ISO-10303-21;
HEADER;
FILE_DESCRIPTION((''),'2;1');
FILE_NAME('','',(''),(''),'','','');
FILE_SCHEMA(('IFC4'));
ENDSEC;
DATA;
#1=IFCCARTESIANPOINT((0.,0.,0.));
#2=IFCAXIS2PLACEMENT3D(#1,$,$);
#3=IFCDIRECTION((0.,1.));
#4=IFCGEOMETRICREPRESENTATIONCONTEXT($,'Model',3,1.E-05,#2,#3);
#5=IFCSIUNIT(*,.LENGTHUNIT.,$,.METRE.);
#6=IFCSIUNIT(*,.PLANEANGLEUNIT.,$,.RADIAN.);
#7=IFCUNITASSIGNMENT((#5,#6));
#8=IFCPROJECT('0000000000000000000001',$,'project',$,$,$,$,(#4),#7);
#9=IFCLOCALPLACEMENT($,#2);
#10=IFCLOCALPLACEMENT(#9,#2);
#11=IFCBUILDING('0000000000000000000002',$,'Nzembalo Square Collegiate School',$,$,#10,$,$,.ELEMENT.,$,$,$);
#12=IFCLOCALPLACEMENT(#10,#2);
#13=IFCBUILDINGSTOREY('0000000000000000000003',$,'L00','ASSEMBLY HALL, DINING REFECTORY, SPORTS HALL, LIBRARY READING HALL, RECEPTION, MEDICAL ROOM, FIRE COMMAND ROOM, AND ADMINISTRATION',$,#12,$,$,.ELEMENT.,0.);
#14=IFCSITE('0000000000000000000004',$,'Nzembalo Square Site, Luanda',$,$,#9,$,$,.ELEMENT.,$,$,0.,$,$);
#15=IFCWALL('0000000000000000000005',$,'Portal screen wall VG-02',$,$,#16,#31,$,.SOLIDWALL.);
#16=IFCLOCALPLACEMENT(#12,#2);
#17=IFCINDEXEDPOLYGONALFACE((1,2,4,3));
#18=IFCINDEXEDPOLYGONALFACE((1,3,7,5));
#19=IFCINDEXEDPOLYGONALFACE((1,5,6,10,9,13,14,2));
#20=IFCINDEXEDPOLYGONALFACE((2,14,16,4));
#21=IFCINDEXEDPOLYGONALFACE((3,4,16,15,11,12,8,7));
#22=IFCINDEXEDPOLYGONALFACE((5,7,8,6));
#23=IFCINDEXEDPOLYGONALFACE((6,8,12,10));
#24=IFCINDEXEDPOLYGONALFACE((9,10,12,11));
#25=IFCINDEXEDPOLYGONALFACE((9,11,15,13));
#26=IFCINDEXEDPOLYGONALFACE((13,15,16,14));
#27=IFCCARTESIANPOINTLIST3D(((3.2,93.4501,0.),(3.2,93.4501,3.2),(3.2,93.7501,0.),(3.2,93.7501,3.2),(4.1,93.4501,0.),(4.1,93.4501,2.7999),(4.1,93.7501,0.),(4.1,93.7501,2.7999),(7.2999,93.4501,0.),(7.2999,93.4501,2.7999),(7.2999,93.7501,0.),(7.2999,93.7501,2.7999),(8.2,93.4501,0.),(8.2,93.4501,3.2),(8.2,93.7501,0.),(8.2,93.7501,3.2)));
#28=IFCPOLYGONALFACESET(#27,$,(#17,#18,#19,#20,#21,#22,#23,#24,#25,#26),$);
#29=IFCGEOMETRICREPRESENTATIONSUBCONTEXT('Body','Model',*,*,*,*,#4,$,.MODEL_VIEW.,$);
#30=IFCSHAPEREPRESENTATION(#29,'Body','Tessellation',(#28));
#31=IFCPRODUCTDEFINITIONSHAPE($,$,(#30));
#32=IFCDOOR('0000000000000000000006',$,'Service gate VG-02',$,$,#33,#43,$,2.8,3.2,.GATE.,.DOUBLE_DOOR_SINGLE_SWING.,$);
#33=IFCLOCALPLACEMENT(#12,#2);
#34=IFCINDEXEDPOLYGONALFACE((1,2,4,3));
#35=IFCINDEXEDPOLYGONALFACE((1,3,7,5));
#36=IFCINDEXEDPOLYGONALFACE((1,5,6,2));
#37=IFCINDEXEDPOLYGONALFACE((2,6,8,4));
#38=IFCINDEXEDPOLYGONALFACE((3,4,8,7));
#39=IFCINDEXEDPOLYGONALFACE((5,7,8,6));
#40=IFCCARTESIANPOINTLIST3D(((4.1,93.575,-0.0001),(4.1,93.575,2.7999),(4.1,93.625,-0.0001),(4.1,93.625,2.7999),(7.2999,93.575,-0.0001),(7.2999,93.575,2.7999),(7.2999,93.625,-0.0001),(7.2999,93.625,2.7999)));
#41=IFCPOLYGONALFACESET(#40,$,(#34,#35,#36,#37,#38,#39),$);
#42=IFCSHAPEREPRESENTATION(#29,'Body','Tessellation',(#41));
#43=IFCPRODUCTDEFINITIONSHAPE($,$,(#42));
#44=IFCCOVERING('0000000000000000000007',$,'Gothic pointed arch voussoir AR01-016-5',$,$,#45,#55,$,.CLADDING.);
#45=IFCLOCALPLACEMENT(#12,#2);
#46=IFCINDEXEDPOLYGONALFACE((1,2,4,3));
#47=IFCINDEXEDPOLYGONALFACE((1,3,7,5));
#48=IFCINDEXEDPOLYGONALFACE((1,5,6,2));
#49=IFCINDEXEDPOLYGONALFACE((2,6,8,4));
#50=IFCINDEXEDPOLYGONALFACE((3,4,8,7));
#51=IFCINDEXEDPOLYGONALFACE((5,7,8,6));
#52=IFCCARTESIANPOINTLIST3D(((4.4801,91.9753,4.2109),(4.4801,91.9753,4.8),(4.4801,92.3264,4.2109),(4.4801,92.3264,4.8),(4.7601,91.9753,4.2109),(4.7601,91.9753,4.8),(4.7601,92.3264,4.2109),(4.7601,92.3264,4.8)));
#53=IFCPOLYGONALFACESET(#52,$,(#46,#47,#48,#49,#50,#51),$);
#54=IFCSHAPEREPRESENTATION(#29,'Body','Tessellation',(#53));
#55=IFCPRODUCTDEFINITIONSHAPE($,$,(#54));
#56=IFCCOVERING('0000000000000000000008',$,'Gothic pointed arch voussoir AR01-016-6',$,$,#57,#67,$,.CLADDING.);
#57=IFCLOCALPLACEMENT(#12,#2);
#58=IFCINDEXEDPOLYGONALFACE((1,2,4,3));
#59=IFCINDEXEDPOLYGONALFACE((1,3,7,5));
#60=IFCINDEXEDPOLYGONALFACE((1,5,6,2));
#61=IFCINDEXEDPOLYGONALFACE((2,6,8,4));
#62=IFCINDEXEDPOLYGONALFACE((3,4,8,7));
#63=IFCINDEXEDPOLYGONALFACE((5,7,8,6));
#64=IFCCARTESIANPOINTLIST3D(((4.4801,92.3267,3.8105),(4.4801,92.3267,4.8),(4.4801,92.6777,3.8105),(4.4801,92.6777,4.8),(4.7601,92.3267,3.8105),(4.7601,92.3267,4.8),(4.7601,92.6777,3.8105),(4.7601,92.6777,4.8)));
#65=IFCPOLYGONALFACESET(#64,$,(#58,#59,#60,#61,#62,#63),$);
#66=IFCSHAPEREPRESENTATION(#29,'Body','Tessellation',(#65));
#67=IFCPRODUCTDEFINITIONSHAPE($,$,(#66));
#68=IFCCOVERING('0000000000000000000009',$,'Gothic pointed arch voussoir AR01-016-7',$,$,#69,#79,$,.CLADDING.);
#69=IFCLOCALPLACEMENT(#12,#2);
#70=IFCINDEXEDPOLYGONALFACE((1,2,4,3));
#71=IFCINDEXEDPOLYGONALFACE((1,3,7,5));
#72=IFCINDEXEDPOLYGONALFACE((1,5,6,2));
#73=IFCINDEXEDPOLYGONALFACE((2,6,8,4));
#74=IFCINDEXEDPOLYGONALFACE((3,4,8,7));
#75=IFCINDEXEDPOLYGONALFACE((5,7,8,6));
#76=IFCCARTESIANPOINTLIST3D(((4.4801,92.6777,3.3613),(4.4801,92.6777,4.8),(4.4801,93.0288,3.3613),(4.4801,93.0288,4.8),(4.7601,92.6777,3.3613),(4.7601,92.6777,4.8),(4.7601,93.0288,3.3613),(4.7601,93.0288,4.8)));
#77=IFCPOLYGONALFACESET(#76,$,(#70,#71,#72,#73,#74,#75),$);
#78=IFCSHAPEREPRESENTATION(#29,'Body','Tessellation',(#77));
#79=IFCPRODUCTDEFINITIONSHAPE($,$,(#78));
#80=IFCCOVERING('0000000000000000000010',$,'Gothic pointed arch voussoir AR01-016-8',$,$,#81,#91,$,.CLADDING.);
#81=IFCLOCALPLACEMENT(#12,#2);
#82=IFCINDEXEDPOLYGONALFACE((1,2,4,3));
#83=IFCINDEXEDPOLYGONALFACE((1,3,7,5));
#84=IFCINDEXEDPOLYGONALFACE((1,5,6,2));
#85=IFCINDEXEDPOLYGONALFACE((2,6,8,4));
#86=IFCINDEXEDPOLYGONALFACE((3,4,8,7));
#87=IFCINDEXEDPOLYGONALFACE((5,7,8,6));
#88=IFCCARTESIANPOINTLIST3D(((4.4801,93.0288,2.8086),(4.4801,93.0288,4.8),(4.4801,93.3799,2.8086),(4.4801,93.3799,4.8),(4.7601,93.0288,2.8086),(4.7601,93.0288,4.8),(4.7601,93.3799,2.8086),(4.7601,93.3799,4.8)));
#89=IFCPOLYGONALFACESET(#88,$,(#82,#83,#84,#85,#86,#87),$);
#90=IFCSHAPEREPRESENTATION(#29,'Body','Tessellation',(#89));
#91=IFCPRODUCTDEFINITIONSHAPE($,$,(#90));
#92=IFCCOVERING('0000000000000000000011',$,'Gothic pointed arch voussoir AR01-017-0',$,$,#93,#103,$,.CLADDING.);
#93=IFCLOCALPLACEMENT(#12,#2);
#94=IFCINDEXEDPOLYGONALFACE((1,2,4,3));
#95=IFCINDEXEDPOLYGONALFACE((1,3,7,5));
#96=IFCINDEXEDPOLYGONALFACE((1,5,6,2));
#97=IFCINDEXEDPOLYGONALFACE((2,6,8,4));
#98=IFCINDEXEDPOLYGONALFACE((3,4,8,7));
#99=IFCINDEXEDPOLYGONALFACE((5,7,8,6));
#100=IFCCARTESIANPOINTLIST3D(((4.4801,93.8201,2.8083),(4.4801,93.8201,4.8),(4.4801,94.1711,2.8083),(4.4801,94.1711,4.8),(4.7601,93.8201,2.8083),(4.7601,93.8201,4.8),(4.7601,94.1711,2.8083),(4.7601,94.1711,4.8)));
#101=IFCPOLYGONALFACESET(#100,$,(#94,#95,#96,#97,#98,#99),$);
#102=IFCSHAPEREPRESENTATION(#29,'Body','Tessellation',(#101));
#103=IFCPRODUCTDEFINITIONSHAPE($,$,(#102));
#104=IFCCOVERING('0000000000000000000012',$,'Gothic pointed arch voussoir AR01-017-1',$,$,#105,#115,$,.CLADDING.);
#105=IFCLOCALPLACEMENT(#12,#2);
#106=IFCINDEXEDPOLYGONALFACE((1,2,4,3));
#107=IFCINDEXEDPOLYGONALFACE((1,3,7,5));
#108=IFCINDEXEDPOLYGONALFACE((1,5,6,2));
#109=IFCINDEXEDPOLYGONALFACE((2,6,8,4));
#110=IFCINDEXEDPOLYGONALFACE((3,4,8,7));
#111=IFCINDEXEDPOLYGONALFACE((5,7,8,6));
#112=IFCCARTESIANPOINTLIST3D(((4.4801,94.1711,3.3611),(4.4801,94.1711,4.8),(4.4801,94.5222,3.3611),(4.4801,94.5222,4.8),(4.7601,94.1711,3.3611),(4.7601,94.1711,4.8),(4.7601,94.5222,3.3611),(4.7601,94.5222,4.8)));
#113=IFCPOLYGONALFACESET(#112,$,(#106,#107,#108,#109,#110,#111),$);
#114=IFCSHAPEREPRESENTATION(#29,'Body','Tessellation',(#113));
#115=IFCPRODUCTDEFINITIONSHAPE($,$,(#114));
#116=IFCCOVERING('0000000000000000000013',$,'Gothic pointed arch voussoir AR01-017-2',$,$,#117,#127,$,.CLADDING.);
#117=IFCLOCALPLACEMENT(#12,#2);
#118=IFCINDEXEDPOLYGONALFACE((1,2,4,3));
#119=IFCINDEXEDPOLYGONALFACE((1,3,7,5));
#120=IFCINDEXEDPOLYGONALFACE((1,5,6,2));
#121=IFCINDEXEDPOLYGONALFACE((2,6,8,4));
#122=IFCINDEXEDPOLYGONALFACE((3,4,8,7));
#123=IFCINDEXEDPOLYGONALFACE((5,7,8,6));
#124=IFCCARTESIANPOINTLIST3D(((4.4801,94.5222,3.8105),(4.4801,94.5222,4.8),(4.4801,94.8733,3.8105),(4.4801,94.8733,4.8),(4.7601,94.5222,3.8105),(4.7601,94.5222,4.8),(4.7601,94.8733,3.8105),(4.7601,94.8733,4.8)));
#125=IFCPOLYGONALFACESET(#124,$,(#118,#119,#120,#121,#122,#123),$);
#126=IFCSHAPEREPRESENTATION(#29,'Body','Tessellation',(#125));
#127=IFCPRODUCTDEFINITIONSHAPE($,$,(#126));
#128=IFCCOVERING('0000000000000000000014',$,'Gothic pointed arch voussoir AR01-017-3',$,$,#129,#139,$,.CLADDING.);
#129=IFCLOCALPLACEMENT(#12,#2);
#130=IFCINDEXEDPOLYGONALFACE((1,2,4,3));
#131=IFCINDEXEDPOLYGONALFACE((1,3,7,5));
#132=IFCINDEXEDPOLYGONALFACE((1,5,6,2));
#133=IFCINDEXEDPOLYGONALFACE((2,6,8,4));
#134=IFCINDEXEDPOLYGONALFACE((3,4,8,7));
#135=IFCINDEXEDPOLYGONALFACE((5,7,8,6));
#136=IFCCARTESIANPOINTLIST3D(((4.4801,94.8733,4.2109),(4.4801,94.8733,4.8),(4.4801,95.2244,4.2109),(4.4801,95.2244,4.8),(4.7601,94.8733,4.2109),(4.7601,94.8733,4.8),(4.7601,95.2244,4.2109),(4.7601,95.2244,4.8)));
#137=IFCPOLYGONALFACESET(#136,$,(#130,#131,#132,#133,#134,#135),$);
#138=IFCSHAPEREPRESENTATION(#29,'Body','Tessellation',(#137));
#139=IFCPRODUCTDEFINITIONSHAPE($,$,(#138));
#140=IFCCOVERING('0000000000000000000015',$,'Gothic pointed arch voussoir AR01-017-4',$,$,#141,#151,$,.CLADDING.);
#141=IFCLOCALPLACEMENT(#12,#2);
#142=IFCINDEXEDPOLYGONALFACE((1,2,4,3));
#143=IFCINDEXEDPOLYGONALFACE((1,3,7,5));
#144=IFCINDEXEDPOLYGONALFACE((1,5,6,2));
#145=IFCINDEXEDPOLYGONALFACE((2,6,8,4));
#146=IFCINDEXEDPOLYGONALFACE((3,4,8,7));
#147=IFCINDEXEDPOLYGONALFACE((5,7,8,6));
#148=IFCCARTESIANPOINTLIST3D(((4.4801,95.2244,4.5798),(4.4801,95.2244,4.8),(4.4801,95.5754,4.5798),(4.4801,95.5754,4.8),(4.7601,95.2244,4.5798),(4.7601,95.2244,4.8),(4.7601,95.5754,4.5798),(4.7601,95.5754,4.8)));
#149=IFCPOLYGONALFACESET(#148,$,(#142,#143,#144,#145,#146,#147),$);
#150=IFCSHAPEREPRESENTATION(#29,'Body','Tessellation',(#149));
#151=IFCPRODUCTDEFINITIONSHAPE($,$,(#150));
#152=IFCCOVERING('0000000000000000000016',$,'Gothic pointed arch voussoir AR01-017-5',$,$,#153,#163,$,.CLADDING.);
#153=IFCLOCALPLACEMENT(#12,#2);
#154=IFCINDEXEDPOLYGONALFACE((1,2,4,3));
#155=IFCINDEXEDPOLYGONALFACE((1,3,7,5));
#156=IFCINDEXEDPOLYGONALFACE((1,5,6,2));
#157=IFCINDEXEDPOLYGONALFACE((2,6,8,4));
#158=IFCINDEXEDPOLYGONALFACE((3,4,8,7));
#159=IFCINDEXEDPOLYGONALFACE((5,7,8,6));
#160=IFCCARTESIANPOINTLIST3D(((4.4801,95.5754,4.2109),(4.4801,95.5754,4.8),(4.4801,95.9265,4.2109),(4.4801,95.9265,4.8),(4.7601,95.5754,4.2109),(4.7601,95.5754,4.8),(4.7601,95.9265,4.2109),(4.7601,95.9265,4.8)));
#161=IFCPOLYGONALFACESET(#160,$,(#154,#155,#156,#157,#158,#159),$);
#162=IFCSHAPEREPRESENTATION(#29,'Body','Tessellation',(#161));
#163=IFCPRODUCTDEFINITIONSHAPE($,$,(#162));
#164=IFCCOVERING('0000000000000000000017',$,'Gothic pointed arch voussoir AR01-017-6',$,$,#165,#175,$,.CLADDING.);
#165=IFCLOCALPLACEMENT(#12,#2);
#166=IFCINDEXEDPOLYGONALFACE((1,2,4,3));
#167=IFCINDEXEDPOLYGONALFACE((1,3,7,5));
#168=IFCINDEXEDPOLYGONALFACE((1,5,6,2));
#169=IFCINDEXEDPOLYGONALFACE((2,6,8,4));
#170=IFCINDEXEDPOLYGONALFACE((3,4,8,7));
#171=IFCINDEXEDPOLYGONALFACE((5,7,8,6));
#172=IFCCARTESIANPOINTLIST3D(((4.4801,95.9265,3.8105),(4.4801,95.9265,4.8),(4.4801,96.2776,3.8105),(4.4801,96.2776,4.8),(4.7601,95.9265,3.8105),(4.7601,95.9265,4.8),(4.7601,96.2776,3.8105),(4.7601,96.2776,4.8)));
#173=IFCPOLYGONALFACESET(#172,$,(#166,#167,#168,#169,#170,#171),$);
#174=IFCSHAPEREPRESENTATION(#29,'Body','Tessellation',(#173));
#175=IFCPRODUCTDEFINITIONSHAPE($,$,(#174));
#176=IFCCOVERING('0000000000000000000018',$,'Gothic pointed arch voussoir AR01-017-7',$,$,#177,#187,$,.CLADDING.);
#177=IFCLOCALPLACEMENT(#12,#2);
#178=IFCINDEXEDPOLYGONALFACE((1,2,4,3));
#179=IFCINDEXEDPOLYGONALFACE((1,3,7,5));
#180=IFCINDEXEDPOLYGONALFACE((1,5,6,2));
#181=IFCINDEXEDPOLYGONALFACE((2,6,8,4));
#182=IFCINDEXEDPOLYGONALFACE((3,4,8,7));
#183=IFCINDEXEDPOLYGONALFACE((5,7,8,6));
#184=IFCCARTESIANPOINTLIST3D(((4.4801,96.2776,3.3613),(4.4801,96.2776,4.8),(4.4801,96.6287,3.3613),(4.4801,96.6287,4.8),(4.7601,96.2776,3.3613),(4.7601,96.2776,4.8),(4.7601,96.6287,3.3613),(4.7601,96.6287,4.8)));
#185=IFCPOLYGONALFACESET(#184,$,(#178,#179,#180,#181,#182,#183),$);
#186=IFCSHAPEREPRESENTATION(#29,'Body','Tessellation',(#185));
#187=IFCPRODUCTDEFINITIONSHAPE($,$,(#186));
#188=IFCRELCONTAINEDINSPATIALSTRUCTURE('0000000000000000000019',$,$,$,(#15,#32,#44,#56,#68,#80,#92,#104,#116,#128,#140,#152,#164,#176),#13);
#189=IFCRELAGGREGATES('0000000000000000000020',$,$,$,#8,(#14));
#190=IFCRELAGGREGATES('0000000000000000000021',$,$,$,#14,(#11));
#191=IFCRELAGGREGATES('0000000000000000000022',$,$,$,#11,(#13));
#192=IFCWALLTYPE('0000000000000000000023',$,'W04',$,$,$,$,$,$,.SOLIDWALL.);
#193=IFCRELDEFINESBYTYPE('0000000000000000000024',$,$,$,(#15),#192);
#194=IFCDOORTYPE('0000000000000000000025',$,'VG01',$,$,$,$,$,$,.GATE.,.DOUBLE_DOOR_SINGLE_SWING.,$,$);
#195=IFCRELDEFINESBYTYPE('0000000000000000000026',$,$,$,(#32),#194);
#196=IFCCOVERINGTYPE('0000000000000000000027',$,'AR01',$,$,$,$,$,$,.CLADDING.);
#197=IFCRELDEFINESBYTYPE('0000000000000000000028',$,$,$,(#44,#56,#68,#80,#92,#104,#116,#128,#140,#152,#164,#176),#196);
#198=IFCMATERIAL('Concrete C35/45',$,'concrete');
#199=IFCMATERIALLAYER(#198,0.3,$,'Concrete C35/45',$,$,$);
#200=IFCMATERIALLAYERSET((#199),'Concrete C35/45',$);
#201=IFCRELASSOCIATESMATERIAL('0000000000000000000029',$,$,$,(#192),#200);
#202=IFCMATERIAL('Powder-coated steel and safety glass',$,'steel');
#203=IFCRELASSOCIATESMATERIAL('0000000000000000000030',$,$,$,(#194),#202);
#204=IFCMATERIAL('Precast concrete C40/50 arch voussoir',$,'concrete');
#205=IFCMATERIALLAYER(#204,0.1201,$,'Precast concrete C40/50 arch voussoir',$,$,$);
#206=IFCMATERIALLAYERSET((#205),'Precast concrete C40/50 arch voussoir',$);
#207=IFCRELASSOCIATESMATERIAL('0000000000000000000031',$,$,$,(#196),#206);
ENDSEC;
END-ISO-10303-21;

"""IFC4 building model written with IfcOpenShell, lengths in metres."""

from ifc_helpers import new_model, si_unit, direction, frame, frame_2d, origin, origin_2d, place, context, subcontext, project, spatial, rectangle, extrude, material, layer, layer_set, type_object, element, fill, save


model = new_model("IFC4")

# Units and contexts
model_context = context("Model", 3, precision=1e-05, world=origin(), true_north=direction((0.0, 1.0)))
body_context = subcontext(model_context, "Body", "Model", "MODEL_VIEW")
ifc_project = project(units=[si_unit("LENGTHUNIT", "METRE"), si_unit("PLANEANGLEUNIT", "RADIAN")], contexts=[model_context])

# Site, building, storey
site_placement = place(None, origin())
site = spatial("IfcSite", under=ifc_project, at=site_placement, Name="Nzembalo Square Site, Luanda", CompositionType="ELEMENT", RefElevation=0.0)
building_placement = place(site_placement, origin())
building = spatial("IfcBuilding", under=site, at=building_placement, Name="Nzembalo Square Collegiate School", CompositionType="ELEMENT")
storey_placement = place(building_placement, origin())
storey = spatial("IfcBuildingStorey", under=building, at=storey_placement, Name="L00", Description="ASSEMBLY HALL, DINING REFECTORY, SPORTS HALL, LIBRARY READING HALL, RECEPTION, MEDICAL ROOM, FIRE COMMAND ROOM, AND ADMINISTRATION", CompositionType="ELEMENT", Elevation=0.0)

# Wall, opening, door
ifc_material_1 = material(Name="Concrete C35/45", Category="concrete")
ifc_layer_1 = layer(ifc_material_1, 0.3, Name="Concrete C35/45")
ifc_layer_set_1 = layer_set([ifc_layer_1], Name="Concrete C35/45")
wall_type = type_object("IfcWallType", Name="W04", PredefinedType="SOLIDWALL", material=ifc_layer_set_1)
wall_placement = place(storey_placement, frame((3.2, 93.6001, 0.0), z_axis=(0.0, 0.0, 1.0), x_axis=(1.0, 0.0, 0.0)))
wall = element("IfcWall", 1, at=wall_placement, inside=storey, type_object=wall_type, Name="Portal screen wall VG-02", PredefinedType="SOLIDWALL", context=body_context, shape_type="SweptSolid", body=[
    extrude(rectangle(XDim=5.0, YDim=0.3, at=frame_2d((2.5, 0.0))), origin(), (0.0, 0.0, 1.0), 3.2),
])
opening_placement = place(wall_placement, frame((0.8999, 0.0, 0.0)))
opening = element("IfcOpeningElement", 2, at=opening_placement, cuts=wall, PredefinedType="OPENING", context=body_context, shape_type="SweptSolid", body=[
    extrude(rectangle(XDim=3.2, YDim=2.8, at=frame_2d((1.6001, 1.3999))), frame((0.0, 0.1602, 0.0), z_axis=(0.0, -1.0, 0.0), x_axis=(1.0, 0.0, 0.0)), (0.0, 0.0, 1.0), 0.3201),
])
ifc_material_2 = material(Name="Powder-coated steel and safety glass", Category="steel")
door_type = type_object("IfcDoorType", Name="VG01", OperationType="DOUBLE_DOOR_SINGLE_SWING", PredefinedType="GATE", material=ifc_material_2)
door_placement = place(opening_placement, origin())
door = element("IfcDoor", 3, at=door_placement, inside=storey, type_object=door_type, Name="Service gate VG-02", OperationType="DOUBLE_DOOR_SINGLE_SWING", OverallHeight=2.8, OverallWidth=3.2, PredefinedType="GATE", context=body_context, shape_type="SweptSolid", body=[
    extrude(rectangle(XDim=3.2, YDim=2.8, at=frame_2d((1.6001, 1.3999))), frame((0.0, 0.0249, 0.0), z_axis=(0.0, -1.0, 0.0), x_axis=(1.0, 0.0, 0.0)), (0.0, 0.0, 1.0), 0.05),
])
fill(opening, door)

# Coverings
ifc_material_3 = material(Name="Precast concrete C40/50 arch voussoir", Category="concrete")
ifc_layer_2 = layer(ifc_material_3, 0.1201, Name="Precast concrete C40/50 arch voussoir")
ifc_layer_set_2 = layer_set([ifc_layer_2], Name="Precast concrete C40/50 arch voussoir")
covering_type = type_object("IfcCoveringType", Name="AR01", PredefinedType="CLADDING", material=ifc_layer_set_2)
covering_1_placement = place(storey_placement, frame((4.6201, 92.1509, 4.2109), z_axis=(0.0, 0.0, 1.0), x_axis=(1.0, 0.0, 0.0)))
element("IfcCovering", 4, at=covering_1_placement, inside=storey, type_object=covering_type, Name="Gothic pointed arch voussoir AR01-016-5", PredefinedType="CLADDING", context=body_context, shape_type="SweptSolid", body=[
    extrude(rectangle(XDim=0.28, YDim=0.3511, at=origin_2d()), origin(), (0.0, 0.0, 1.0), 0.5891),
])
covering_2_placement = place(storey_placement, frame((4.6201, 92.5022, 3.8105), z_axis=(0.0, 0.0, 1.0), x_axis=(1.0, 0.0, 0.0)))
element("IfcCovering", 5, at=covering_2_placement, inside=storey, type_object=covering_type, Name="Gothic pointed arch voussoir AR01-016-6", PredefinedType="CLADDING", context=body_context, shape_type="SweptSolid", body=[
    extrude(rectangle(XDim=0.28, YDim=0.3511, at=origin_2d()), origin(), (0.0, 0.0, 1.0), 0.9895),
])
covering_3_placement = place(storey_placement, frame((4.6201, 92.8533, 3.3613), z_axis=(0.0, 0.0, 1.0), x_axis=(1.0, 0.0, 0.0)))
element("IfcCovering", 6, at=covering_3_placement, inside=storey, type_object=covering_type, Name="Gothic pointed arch voussoir AR01-016-7", PredefinedType="CLADDING", context=body_context, shape_type="SweptSolid", body=[
    extrude(rectangle(XDim=0.28, YDim=0.3511, at=origin_2d()), origin(), (0.0, 0.0, 1.0), 1.4387),
])
covering_4_placement = place(storey_placement, frame((4.6201, 93.2043, 2.8086), z_axis=(0.0, 0.0, 1.0), x_axis=(1.0, 0.0, 0.0)))
element("IfcCovering", 7, at=covering_4_placement, inside=storey, type_object=covering_type, Name="Gothic pointed arch voussoir AR01-016-8", PredefinedType="CLADDING", context=body_context, shape_type="SweptSolid", body=[
    extrude(rectangle(XDim=0.28, YDim=0.3511, at=origin_2d()), origin(), (0.0, 0.0, 1.0), 1.9915),
])
covering_5_placement = place(storey_placement, frame((4.6201, 93.9956, 2.8083), z_axis=(0.0, 0.0, 1.0), x_axis=(1.0, 0.0, 0.0)))
element("IfcCovering", 8, at=covering_5_placement, inside=storey, type_object=covering_type, Name="Gothic pointed arch voussoir AR01-017-0", PredefinedType="CLADDING", context=body_context, shape_type="SweptSolid", body=[
    extrude(rectangle(XDim=0.28, YDim=0.3511, at=origin_2d()), origin(), (0.0, 0.0, 1.0), 1.9917),
])
covering_6_placement = place(storey_placement, frame((4.6201, 94.3467, 3.3611), z_axis=(0.0, 0.0, 1.0), x_axis=(1.0, 0.0, 0.0)))
element("IfcCovering", 9, at=covering_6_placement, inside=storey, type_object=covering_type, Name="Gothic pointed arch voussoir AR01-017-1", PredefinedType="CLADDING", context=body_context, shape_type="SweptSolid", body=[
    extrude(rectangle(XDim=0.28, YDim=0.3511, at=origin_2d()), origin(), (0.0, 0.0, 1.0), 1.439),
])
covering_7_placement = place(storey_placement, frame((4.6201, 94.6978, 3.8105), z_axis=(0.0, 0.0, 1.0), x_axis=(1.0, 0.0, 0.0)))
element("IfcCovering", 10, at=covering_7_placement, inside=storey, type_object=covering_type, Name="Gothic pointed arch voussoir AR01-017-2", PredefinedType="CLADDING", context=body_context, shape_type="SweptSolid", body=[
    extrude(rectangle(XDim=0.28, YDim=0.3511, at=origin_2d()), origin(), (0.0, 0.0, 1.0), 0.9895),
])
covering_8_placement = place(storey_placement, frame((4.6201, 95.0488, 4.2109), z_axis=(0.0, 0.0, 1.0), x_axis=(1.0, 0.0, 0.0)))
element("IfcCovering", 11, at=covering_8_placement, inside=storey, type_object=covering_type, Name="Gothic pointed arch voussoir AR01-017-3", PredefinedType="CLADDING", context=body_context, shape_type="SweptSolid", body=[
    extrude(rectangle(XDim=0.28, YDim=0.3511, at=origin_2d()), origin(), (0.0, 0.0, 1.0), 0.5891),
])
covering_9_placement = place(storey_placement, frame((4.6201, 95.3999, 4.5798), z_axis=(0.0, 0.0, 1.0), x_axis=(1.0, 0.0, 0.0)))
element("IfcCovering", 12, at=covering_9_placement, inside=storey, type_object=covering_type, Name="Gothic pointed arch voussoir AR01-017-4", PredefinedType="CLADDING", context=body_context, shape_type="SweptSolid", body=[
    extrude(rectangle(XDim=0.28, YDim=0.3511, at=origin_2d()), origin(), (0.0, 0.0, 1.0), 0.2202),
])
covering_10_placement = place(storey_placement, frame((4.6201, 95.751, 4.2109), z_axis=(0.0, 0.0, 1.0), x_axis=(1.0, 0.0, 0.0)))
element("IfcCovering", 13, at=covering_10_placement, inside=storey, type_object=covering_type, Name="Gothic pointed arch voussoir AR01-017-5", PredefinedType="CLADDING", context=body_context, shape_type="SweptSolid", body=[
    extrude(rectangle(XDim=0.28, YDim=0.3511, at=origin_2d()), origin(), (0.0, 0.0, 1.0), 0.5891),
])
covering_11_placement = place(storey_placement, frame((4.6201, 96.1021, 3.8105), z_axis=(0.0, 0.0, 1.0), x_axis=(1.0, 0.0, 0.0)))
element("IfcCovering", 14, at=covering_11_placement, inside=storey, type_object=covering_type, Name="Gothic pointed arch voussoir AR01-017-6", PredefinedType="CLADDING", context=body_context, shape_type="SweptSolid", body=[
    extrude(rectangle(XDim=0.28, YDim=0.3511, at=origin_2d()), origin(), (0.0, 0.0, 1.0), 0.9895),
])
covering_12_placement = place(storey_placement, frame((4.6201, 96.4531, 3.3613), z_axis=(0.0, 0.0, 1.0), x_axis=(1.0, 0.0, 0.0)))
element("IfcCovering", 15, at=covering_12_placement, inside=storey, type_object=covering_type, Name="Gothic pointed arch voussoir AR01-017-7", PredefinedType="CLADDING", context=body_context, shape_type="SweptSolid", body=[
    extrude(rectangle(XDim=0.28, YDim=0.3511, at=origin_2d()), origin(), (0.0, 0.0, 1.0), 1.4387),
])

save(model, "model.ifc")
